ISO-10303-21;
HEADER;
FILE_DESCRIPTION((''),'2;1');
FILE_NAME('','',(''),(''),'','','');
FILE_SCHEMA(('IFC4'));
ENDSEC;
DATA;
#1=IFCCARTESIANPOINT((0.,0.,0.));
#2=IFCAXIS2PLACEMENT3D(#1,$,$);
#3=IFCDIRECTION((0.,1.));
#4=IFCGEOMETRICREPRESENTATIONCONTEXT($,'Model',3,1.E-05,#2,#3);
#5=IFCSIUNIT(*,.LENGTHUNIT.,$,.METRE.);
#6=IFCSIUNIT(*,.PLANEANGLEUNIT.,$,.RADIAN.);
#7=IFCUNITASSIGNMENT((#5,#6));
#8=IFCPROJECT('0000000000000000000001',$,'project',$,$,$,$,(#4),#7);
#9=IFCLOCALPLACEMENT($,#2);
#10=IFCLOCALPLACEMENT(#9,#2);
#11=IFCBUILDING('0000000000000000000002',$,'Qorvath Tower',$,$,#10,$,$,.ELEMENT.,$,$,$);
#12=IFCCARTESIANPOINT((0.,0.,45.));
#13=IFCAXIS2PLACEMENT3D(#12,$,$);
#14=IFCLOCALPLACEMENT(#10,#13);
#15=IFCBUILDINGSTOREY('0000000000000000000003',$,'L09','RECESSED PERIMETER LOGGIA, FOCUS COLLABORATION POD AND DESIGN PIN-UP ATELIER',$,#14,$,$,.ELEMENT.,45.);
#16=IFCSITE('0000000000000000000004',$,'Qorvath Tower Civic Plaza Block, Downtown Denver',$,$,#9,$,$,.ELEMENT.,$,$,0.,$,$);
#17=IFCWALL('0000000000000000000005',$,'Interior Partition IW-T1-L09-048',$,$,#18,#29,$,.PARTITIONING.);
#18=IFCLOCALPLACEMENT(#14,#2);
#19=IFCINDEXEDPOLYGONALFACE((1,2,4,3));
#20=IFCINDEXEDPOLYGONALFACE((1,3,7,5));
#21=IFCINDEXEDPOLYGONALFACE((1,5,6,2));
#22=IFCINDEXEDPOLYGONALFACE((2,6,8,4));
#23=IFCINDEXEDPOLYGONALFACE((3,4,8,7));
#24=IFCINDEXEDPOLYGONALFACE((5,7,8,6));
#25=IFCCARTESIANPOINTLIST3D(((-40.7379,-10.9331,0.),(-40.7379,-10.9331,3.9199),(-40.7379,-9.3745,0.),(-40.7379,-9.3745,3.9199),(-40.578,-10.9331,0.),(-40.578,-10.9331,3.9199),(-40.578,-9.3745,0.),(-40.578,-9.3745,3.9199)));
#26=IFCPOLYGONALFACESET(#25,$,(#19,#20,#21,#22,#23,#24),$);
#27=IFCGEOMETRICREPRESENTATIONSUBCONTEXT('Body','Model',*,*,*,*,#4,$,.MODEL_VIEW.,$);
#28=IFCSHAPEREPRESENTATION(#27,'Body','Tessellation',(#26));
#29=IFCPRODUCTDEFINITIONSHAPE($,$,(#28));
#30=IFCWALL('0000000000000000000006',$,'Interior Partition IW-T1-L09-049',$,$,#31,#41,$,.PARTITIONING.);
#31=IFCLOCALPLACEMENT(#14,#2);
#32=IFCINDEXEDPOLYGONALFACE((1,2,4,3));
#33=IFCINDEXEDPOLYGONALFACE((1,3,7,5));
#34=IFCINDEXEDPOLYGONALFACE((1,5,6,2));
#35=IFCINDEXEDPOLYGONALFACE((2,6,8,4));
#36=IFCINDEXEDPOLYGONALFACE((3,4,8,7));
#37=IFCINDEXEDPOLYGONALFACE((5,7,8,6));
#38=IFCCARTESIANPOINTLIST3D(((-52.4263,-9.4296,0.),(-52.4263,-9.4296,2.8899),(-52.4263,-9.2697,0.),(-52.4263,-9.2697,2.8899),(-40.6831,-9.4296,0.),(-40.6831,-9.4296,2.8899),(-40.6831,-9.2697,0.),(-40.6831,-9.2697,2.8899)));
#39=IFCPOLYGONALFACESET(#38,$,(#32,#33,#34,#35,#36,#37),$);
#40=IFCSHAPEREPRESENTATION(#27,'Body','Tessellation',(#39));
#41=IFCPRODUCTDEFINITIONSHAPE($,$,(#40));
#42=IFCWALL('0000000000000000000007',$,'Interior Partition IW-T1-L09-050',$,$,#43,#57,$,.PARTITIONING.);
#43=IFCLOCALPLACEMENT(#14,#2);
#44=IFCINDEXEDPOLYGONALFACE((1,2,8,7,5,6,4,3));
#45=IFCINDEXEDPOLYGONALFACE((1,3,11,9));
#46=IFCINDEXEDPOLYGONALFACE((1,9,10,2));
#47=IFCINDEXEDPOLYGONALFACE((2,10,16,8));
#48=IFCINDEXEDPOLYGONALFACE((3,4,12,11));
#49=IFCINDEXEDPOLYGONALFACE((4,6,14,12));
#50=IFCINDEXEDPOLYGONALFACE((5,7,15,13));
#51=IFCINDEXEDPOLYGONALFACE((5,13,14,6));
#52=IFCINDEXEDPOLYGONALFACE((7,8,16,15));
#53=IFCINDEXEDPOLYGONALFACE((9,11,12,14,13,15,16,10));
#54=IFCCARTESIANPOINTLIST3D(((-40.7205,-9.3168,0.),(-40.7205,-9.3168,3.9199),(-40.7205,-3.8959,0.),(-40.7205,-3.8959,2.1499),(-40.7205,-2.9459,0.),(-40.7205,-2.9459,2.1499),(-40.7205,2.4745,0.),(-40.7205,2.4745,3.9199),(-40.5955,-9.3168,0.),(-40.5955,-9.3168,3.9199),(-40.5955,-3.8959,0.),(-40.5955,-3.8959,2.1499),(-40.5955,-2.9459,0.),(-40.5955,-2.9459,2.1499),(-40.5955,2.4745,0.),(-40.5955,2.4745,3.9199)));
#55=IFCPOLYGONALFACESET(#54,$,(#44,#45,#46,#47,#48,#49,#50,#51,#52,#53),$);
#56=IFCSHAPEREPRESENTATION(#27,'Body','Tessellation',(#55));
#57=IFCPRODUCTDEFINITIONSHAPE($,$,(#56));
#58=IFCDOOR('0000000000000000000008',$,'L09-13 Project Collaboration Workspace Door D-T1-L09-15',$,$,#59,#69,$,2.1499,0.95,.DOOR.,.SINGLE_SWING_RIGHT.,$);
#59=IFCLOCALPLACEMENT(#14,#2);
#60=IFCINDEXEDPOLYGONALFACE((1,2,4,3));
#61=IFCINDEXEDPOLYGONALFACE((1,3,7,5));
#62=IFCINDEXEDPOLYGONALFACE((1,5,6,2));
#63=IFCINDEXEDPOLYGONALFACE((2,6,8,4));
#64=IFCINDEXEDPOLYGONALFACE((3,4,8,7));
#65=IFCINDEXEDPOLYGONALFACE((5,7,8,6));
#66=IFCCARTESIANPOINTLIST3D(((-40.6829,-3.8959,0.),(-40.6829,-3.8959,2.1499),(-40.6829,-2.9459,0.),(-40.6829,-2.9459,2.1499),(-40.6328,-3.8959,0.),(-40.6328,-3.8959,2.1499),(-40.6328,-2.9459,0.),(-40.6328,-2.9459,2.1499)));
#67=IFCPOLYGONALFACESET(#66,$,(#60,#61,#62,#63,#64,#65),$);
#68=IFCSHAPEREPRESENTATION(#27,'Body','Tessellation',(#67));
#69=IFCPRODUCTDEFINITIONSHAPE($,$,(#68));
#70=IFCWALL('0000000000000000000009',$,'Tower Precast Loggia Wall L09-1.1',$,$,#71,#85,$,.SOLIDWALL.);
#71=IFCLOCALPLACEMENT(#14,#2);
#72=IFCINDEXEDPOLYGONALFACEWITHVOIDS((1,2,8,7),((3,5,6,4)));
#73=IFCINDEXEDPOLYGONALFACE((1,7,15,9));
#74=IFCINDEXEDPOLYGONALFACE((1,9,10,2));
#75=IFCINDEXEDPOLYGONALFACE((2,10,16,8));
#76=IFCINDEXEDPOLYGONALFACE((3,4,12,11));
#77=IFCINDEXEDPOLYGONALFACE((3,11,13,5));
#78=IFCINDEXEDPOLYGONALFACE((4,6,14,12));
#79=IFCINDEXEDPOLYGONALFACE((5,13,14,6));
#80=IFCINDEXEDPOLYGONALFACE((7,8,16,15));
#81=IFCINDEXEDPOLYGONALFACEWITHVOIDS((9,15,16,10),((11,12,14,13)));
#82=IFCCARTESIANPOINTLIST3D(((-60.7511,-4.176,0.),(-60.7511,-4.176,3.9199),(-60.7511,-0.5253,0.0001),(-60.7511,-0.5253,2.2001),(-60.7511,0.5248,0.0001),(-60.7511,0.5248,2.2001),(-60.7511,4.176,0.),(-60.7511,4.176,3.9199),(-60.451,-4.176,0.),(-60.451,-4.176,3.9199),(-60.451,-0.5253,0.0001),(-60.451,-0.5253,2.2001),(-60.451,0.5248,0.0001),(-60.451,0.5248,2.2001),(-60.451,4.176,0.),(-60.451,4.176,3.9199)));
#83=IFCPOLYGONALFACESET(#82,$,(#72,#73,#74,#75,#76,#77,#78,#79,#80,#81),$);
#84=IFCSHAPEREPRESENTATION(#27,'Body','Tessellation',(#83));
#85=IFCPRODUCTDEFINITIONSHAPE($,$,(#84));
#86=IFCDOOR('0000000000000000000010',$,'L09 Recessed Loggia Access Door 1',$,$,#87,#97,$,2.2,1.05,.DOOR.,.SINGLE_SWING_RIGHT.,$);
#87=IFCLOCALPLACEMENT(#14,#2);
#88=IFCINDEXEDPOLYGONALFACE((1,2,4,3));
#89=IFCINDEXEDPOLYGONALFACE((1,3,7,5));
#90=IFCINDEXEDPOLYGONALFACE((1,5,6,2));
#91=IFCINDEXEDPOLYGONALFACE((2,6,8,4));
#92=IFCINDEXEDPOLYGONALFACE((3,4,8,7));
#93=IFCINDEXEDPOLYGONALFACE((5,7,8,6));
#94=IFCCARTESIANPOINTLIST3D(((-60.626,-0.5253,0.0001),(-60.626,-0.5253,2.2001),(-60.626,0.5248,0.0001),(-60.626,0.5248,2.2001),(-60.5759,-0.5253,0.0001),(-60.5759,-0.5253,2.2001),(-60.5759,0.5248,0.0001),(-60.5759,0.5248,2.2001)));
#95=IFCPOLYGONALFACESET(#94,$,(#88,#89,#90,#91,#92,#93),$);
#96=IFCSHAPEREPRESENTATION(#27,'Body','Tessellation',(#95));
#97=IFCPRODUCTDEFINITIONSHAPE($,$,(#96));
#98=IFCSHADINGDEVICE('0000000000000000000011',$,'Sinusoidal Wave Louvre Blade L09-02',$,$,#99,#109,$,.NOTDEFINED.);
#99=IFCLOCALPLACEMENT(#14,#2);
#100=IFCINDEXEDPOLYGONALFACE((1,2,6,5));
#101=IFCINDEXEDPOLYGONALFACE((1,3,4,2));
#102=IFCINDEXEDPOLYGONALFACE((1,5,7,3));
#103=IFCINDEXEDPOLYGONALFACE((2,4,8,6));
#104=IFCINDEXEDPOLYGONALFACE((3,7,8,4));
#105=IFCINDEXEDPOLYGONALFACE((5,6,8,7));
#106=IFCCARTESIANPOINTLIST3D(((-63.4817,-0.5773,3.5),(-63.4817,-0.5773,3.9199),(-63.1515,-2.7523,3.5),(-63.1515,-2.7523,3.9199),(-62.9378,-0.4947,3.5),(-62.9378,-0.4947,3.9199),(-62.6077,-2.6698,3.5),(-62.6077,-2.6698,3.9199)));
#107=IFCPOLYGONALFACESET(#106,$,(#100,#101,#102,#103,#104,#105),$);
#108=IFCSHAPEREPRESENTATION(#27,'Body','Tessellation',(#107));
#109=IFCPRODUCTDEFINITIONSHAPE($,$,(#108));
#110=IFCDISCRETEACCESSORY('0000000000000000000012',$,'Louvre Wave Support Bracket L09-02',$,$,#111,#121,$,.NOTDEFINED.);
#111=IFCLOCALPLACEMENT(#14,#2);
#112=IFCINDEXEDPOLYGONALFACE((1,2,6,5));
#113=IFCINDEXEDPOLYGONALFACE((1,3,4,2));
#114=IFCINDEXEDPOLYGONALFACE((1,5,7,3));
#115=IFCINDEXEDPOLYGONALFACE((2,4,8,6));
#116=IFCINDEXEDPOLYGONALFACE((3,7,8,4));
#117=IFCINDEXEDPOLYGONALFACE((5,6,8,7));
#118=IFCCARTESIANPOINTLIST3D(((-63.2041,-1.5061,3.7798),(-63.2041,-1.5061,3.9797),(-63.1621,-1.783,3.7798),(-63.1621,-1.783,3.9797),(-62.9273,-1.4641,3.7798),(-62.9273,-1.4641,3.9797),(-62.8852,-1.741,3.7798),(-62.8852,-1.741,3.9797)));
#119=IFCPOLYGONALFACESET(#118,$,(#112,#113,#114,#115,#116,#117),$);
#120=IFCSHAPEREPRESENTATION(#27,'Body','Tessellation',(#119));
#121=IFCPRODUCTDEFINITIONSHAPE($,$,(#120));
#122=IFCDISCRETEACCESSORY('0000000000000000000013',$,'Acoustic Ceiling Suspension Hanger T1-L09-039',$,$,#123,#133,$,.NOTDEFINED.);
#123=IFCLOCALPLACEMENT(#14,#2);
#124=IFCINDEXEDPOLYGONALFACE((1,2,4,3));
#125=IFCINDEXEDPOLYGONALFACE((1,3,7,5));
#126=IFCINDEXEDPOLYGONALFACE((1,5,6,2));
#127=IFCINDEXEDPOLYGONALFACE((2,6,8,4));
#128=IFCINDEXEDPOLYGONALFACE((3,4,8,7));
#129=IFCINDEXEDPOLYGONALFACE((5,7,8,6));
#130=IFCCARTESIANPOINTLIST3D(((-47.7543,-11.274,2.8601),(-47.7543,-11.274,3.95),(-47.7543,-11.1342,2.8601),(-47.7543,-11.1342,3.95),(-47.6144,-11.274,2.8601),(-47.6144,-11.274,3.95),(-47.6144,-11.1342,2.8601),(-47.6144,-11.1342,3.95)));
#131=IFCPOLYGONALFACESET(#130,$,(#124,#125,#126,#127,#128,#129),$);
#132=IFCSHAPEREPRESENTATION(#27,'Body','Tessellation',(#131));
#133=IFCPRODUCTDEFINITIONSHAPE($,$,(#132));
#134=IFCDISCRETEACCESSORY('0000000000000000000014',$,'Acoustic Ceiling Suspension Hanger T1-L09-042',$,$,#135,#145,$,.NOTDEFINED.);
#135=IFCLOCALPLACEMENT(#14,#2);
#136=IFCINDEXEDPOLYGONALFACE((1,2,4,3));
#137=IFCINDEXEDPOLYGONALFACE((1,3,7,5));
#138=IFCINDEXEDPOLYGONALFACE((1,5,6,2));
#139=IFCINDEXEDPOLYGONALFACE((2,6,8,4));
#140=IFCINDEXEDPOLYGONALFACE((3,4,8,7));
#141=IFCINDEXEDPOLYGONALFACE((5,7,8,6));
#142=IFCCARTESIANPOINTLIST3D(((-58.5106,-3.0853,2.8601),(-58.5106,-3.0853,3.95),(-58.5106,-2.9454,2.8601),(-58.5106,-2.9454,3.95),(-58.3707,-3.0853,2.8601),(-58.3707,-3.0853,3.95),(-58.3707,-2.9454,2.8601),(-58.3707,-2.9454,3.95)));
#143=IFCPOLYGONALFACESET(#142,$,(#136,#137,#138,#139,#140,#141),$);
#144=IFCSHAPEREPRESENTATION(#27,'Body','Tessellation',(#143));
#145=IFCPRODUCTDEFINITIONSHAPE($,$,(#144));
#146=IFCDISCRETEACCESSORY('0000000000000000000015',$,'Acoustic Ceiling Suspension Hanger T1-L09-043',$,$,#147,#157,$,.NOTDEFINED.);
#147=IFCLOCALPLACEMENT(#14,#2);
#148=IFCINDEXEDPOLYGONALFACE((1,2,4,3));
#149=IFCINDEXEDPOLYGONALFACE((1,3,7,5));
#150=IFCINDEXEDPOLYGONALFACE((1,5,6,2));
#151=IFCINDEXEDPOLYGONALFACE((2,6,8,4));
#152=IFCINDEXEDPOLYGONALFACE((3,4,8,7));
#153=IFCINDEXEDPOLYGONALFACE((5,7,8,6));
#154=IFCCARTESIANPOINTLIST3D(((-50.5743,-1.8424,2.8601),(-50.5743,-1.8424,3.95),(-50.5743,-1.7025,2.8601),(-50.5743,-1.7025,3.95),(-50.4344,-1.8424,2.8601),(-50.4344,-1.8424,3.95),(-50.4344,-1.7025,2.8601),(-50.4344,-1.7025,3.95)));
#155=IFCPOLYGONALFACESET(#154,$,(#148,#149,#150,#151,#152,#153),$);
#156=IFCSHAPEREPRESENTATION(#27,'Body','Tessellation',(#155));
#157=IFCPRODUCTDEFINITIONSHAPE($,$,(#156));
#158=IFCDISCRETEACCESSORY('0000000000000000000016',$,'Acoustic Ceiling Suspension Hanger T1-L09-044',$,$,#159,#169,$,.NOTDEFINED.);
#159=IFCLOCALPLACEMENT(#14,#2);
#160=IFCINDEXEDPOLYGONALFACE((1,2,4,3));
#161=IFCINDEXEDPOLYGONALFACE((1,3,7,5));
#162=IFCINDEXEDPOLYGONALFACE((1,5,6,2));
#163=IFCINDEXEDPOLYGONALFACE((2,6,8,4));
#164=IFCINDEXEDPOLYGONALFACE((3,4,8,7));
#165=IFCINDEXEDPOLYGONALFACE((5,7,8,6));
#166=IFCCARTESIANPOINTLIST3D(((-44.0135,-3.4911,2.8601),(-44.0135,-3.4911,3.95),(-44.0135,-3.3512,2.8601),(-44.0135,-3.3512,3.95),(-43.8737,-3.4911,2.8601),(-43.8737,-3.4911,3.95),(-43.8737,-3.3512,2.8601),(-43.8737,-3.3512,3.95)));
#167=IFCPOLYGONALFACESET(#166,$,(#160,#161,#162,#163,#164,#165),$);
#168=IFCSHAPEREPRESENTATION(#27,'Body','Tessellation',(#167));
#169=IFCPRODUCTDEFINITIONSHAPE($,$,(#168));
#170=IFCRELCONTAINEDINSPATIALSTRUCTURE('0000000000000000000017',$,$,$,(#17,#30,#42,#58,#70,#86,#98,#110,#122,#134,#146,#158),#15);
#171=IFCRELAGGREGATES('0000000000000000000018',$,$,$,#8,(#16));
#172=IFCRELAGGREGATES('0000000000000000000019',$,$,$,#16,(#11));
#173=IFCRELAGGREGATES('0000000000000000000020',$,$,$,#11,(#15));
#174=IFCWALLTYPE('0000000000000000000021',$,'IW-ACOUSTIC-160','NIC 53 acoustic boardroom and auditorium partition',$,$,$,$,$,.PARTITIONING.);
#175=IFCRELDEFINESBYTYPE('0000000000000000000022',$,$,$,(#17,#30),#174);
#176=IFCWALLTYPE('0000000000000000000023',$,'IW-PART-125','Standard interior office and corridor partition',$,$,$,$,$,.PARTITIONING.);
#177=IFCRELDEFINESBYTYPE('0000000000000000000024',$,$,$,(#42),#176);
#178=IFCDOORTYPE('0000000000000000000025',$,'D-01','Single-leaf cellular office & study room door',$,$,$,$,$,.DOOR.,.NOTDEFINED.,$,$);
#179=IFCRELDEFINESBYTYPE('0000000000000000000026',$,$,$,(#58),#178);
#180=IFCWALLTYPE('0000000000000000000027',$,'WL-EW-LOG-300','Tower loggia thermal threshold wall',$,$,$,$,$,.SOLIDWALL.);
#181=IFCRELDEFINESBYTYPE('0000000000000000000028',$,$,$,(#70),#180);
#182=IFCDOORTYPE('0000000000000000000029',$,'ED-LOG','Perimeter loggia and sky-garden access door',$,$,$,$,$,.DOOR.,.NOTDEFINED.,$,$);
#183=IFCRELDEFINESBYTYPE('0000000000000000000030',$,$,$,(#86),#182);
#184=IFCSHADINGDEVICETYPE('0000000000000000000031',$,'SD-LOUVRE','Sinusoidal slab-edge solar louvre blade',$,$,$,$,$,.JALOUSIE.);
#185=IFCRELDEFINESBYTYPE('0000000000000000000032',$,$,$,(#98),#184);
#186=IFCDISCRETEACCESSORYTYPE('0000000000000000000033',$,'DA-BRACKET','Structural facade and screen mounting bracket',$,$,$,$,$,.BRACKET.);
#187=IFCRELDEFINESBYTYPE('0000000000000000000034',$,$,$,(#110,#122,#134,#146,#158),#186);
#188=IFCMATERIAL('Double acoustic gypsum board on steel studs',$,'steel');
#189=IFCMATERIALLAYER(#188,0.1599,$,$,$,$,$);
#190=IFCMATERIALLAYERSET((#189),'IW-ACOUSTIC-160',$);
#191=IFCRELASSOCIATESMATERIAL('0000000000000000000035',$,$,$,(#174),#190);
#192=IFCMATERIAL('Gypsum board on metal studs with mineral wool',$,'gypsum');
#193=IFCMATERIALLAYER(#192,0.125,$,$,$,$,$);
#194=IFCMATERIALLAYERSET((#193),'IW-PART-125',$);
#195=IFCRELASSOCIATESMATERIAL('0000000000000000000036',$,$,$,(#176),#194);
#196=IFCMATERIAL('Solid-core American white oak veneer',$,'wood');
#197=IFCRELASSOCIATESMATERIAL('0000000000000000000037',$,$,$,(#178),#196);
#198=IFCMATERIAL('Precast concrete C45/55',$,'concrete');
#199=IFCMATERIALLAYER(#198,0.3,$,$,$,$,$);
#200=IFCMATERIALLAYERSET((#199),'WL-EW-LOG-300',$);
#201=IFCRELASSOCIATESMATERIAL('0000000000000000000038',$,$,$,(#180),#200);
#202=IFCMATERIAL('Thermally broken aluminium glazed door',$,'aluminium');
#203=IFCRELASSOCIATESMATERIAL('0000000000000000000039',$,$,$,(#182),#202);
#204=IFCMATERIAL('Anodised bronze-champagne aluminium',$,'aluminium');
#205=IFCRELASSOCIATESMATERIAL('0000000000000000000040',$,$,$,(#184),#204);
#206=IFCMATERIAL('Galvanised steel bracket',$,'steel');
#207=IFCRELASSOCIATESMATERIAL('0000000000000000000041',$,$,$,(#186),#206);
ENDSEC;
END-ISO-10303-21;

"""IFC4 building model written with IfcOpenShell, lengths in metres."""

from ifc_helpers import new_model, si_unit, direction, frame, frame_2d, origin, origin_2d, place, context, subcontext, project, spatial, rectangle, extrude, material, layer, layer_set, type_object, element, fill, save


model = new_model("IFC4")

# Units and contexts
model_context = context("Model", 3, precision=1e-05, world=origin(), true_north=direction((0.0, 1.0)))
body_context = subcontext(model_context, "Body", "Model", "MODEL_VIEW")
ifc_project = project(units=[si_unit("LENGTHUNIT", "METRE"), si_unit("PLANEANGLEUNIT", "RADIAN")], contexts=[model_context])

# Site, building, storey
site_placement = place(None, origin())
site = spatial("IfcSite", under=ifc_project, at=site_placement, Name="Qorvath Tower Civic Plaza Block, Downtown Denver", CompositionType="ELEMENT", RefElevation=0.0)
building_placement = place(site_placement, origin())
building = spatial("IfcBuilding", under=site, at=building_placement, Name="Qorvath Tower", CompositionType="ELEMENT")
storey_placement = place(building_placement, frame((0.0, 0.0, 45.0)))
storey = spatial("IfcBuildingStorey", under=building, at=storey_placement, Name="L09", Description="RECESSED PERIMETER LOGGIA, FOCUS COLLABORATION POD AND DESIGN PIN-UP ATELIER", CompositionType="ELEMENT", Elevation=45.0)

# Walls
ifc_material_1 = material(Name="Double acoustic gypsum board on steel studs", Category="steel")
ifc_layer_1 = layer(ifc_material_1, 0.1599)
ifc_layer_set_1 = layer_set([ifc_layer_1], Name="IW-ACOUSTIC-160")
wall_type_1 = type_object("IfcWallType", Name="IW-ACOUSTIC-160", Description="NIC 53 acoustic boardroom and auditorium partition", PredefinedType="PARTITIONING", material=ifc_layer_set_1)
wall_1_placement = place(storey_placement, frame((-40.658, -10.9331, 0.0), z_axis=(0.0, 0.0, 1.0), x_axis=(0.0, 1.0, 0.0)))
element("IfcWall", 1, at=wall_1_placement, inside=storey, type_object=wall_type_1, Name="Interior Partition IW-T1-L09-048", PredefinedType="PARTITIONING", context=body_context, shape_type="SweptSolid", body=[
    extrude(rectangle(XDim=1.5586, YDim=0.1599, at=frame_2d((0.7793, 0.0))), origin(), (0.0, 0.0, 1.0), 3.9199),
])
wall_2_placement = place(storey_placement, frame((-40.6831, -9.3496, 0.0), z_axis=(0.0, 0.0, 1.0), x_axis=(-1.0, 0.0, 0.0)))
element("IfcWall", 2, at=wall_2_placement, inside=storey, type_object=wall_type_1, Name="Interior Partition IW-T1-L09-049", PredefinedType="PARTITIONING", context=body_context, shape_type="SweptSolid", body=[
    extrude(rectangle(XDim=11.7432, YDim=0.1599, at=frame_2d((5.8716, 0.0))), origin(), (0.0, 0.0, 1.0), 2.8899),
])

# Walls, openings, doors
ifc_material_2 = material(Name="Gypsum board on metal studs with mineral wool", Category="gypsum")
ifc_layer_2 = layer(ifc_material_2, 0.125)
ifc_layer_set_2 = layer_set([ifc_layer_2], Name="IW-PART-125")
wall_type_2 = type_object("IfcWallType", Name="IW-PART-125", Description="Standard interior office and corridor partition", PredefinedType="PARTITIONING", material=ifc_layer_set_2)
wall_3_placement = place(storey_placement, frame((-40.658, -9.3167, 0.0), z_axis=(0.0, 0.0, 1.0), x_axis=(0.0, 1.0, 0.0)))
wall_3 = element("IfcWall", 3, at=wall_3_placement, inside=storey, type_object=wall_type_2, Name="Interior Partition IW-T1-L09-050", PredefinedType="PARTITIONING", context=body_context, shape_type="SweptSolid", body=[
    extrude(rectangle(XDim=11.7913, YDim=0.125, at=frame_2d((5.8955, 0.0))), origin(), (0.0, 0.0, 1.0), 3.9199),
])
opening_1_placement = place(wall_3_placement, frame((5.4207, 0.0, 0.0)))
opening_1 = element("IfcOpeningElement", 4, at=opening_1_placement, cuts=wall_3, PredefinedType="OPENING", context=body_context, shape_type="SweptSolid", body=[
    extrude(rectangle(XDim=0.95, YDim=2.1499, at=frame_2d((0.4751, 1.075))), frame((0.0, 0.0725, 0.0), z_axis=(0.0, -1.0, 0.0), x_axis=(1.0, 0.0, 0.0)), (0.0, 0.0, 1.0), 0.145),
])
ifc_material_3 = material(Name="Solid-core American white oak veneer", Category="wood")
door_type_1 = type_object("IfcDoorType", Name="D-01", Description="Single-leaf cellular office & study room door", OperationType="NOTDEFINED", PredefinedType="DOOR", material=ifc_material_3)
door_1_placement = place(opening_1_placement, origin())
door_1 = element("IfcDoor", 5, at=door_1_placement, inside=storey, type_object=door_type_1, Name="L09-13 Project Collaboration Workspace Door D-T1-L09-15", OperationType="SINGLE_SWING_RIGHT", OverallHeight=2.1499, OverallWidth=0.95, PredefinedType="DOOR", context=body_context, shape_type="SweptSolid", body=[
    extrude(rectangle(XDim=0.95, YDim=2.1499, at=frame_2d((0.4751, 1.075))), frame((0.0, 0.0249, 0.0), z_axis=(0.0, -1.0, 0.0), x_axis=(1.0, 0.0, 0.0)), (0.0, 0.0, 1.0), 0.05),
])
fill(opening_1, door_1)
ifc_material_4 = material(Name="Precast concrete C45/55", Category="concrete")
ifc_layer_3 = layer(ifc_material_4, 0.3)
ifc_layer_set_3 = layer_set([ifc_layer_3], Name="WL-EW-LOG-300")
wall_type_3 = type_object("IfcWallType", Name="WL-EW-LOG-300", Description="Tower loggia thermal threshold wall", PredefinedType="SOLIDWALL", material=ifc_layer_set_3)
wall_4_placement = place(storey_placement, frame((-60.6011, -4.176, 0.0), z_axis=(0.0, 0.0, 1.0), x_axis=(0.0, 1.0, 0.0)))
wall_4 = element("IfcWall", 6, at=wall_4_placement, inside=storey, type_object=wall_type_3, Name="Tower Precast Loggia Wall L09-1.1", PredefinedType="SOLIDWALL", context=body_context, shape_type="SweptSolid", body=[
    extrude(rectangle(XDim=8.3521, YDim=0.3, at=frame_2d((4.176, 0.0))), origin(), (0.0, 0.0, 1.0), 3.9199),
])
opening_2_placement = place(wall_4_placement, frame((3.6509, 0.0, 0.0)))
opening_2 = element("IfcOpeningElement", 7, at=opening_2_placement, cuts=wall_4, PredefinedType="OPENING", context=body_context, shape_type="SweptSolid", body=[
    extrude(rectangle(XDim=1.05, YDim=2.2, at=frame_2d((0.5249, 1.1001))), frame((0.0, 0.1602, 0.0), z_axis=(0.0, -1.0, 0.0), x_axis=(1.0, 0.0, 0.0)), (0.0, 0.0, 1.0), 0.3201),
])
ifc_material_5 = material(Name="Thermally broken aluminium glazed door", Category="aluminium")
door_type_2 = type_object("IfcDoorType", Name="ED-LOG", Description="Perimeter loggia and sky-garden access door", OperationType="NOTDEFINED", PredefinedType="DOOR", material=ifc_material_5)
door_2_placement = place(opening_2_placement, origin())
door_2 = element("IfcDoor", 8, at=door_2_placement, inside=storey, type_object=door_type_2, Name="L09 Recessed Loggia Access Door 1", OperationType="SINGLE_SWING_RIGHT", OverallHeight=2.2, OverallWidth=1.05, PredefinedType="DOOR", context=body_context, shape_type="SweptSolid", body=[
    extrude(rectangle(XDim=1.05, YDim=2.2, at=frame_2d((0.5249, 1.1001))), frame((0.0, 0.0249, 0.0), z_axis=(0.0, -1.0, 0.0), x_axis=(1.0, 0.0, 0.0)), (0.0, 0.0, 1.0), 0.05),
])
fill(opening_2, door_2)

# Shading device
ifc_material_6 = material(Name="Anodised bronze-champagne aluminium", Category="aluminium")
shading_device_type = type_object("IfcShadingDeviceType", Name="SD-LOUVRE", Description="Sinusoidal slab-edge solar louvre blade", PredefinedType="JALOUSIE", material=ifc_material_6)
shading_device_placement = place(storey_placement, frame((-63.0447, -1.6235, 3.5), z_axis=(0.0, 0.0, 1.0), x_axis=(0.150075, -0.988675, 0.0)))
element("IfcShadingDevice", 9, at=shading_device_placement, inside=storey, type_object=shading_device_type, Name="Sinusoidal Wave Louvre Blade L09-02", PredefinedType="NOTDEFINED", context=body_context, shape_type="SweptSolid", body=[
    extrude(rectangle(XDim=2.2, YDim=0.55, at=origin_2d()), origin(), (0.0, 0.0, 1.0), 0.4199),
])

# Discrete accessories
ifc_material_7 = material(Name="Galvanised steel bracket", Category="steel")
discrete_accessory_type = type_object("IfcDiscreteAccessoryType", Name="DA-BRACKET", Description="Structural facade and screen mounting bracket", PredefinedType="BRACKET", material=ifc_material_7)
discrete_accessory_placement = place(storey_placement, frame((-63.0447, -1.6235, 3.7798), z_axis=(0.0, 0.0, 1.0), x_axis=(0.150075, -0.988675, 0.0)))
element("IfcDiscreteAccessory", 10, at=discrete_accessory_placement, inside=storey, type_object=discrete_accessory_type, Name="Louvre Wave Support Bracket L09-02", PredefinedType="NOTDEFINED", context=body_context, shape_type="SweptSolid", body=[
    extrude(rectangle(XDim=0.28, YDim=0.28, at=origin_2d()), origin(), (0.0, 0.0, 1.0), 0.2),
])
for number, where, z_axis, x_axis, name in (
    (11, (-47.6843, -11.2041, 2.8601), (0.0, 0.0, 1.0), (1.0, 0.0, 0.0), "Acoustic Ceiling Suspension Hanger T1-L09-039"),
    (12, (-58.4407, -3.0154, 2.8601), (0.0, 0.0, 1.0), (1.0, 0.0, 0.0), "Acoustic Ceiling Suspension Hanger T1-L09-042"),
    (13, (-50.5044, -1.7725, 2.8601), (0.0, 0.0, 1.0), (1.0, 0.0, 0.0), "Acoustic Ceiling Suspension Hanger T1-L09-043"),
    (14, (-43.9436, -3.4211, 2.8601), (0.0, 0.0, 1.0), (1.0, 0.0, 0.0), "Acoustic Ceiling Suspension Hanger T1-L09-044"),
):
    element("IfcDiscreteAccessory", number, at=place(storey_placement, frame(where, z_axis=z_axis, x_axis=x_axis)), inside=storey, type_object=discrete_accessory_type, Name=name, PredefinedType="NOTDEFINED", context=body_context, shape_type="SweptSolid", body=[
        extrude(rectangle(XDim=0.1399, YDim=0.1399, at=origin_2d()), origin(), (0.0, 0.0, 1.0), 1.0898),
    ])

save(model, "model.ifc")
